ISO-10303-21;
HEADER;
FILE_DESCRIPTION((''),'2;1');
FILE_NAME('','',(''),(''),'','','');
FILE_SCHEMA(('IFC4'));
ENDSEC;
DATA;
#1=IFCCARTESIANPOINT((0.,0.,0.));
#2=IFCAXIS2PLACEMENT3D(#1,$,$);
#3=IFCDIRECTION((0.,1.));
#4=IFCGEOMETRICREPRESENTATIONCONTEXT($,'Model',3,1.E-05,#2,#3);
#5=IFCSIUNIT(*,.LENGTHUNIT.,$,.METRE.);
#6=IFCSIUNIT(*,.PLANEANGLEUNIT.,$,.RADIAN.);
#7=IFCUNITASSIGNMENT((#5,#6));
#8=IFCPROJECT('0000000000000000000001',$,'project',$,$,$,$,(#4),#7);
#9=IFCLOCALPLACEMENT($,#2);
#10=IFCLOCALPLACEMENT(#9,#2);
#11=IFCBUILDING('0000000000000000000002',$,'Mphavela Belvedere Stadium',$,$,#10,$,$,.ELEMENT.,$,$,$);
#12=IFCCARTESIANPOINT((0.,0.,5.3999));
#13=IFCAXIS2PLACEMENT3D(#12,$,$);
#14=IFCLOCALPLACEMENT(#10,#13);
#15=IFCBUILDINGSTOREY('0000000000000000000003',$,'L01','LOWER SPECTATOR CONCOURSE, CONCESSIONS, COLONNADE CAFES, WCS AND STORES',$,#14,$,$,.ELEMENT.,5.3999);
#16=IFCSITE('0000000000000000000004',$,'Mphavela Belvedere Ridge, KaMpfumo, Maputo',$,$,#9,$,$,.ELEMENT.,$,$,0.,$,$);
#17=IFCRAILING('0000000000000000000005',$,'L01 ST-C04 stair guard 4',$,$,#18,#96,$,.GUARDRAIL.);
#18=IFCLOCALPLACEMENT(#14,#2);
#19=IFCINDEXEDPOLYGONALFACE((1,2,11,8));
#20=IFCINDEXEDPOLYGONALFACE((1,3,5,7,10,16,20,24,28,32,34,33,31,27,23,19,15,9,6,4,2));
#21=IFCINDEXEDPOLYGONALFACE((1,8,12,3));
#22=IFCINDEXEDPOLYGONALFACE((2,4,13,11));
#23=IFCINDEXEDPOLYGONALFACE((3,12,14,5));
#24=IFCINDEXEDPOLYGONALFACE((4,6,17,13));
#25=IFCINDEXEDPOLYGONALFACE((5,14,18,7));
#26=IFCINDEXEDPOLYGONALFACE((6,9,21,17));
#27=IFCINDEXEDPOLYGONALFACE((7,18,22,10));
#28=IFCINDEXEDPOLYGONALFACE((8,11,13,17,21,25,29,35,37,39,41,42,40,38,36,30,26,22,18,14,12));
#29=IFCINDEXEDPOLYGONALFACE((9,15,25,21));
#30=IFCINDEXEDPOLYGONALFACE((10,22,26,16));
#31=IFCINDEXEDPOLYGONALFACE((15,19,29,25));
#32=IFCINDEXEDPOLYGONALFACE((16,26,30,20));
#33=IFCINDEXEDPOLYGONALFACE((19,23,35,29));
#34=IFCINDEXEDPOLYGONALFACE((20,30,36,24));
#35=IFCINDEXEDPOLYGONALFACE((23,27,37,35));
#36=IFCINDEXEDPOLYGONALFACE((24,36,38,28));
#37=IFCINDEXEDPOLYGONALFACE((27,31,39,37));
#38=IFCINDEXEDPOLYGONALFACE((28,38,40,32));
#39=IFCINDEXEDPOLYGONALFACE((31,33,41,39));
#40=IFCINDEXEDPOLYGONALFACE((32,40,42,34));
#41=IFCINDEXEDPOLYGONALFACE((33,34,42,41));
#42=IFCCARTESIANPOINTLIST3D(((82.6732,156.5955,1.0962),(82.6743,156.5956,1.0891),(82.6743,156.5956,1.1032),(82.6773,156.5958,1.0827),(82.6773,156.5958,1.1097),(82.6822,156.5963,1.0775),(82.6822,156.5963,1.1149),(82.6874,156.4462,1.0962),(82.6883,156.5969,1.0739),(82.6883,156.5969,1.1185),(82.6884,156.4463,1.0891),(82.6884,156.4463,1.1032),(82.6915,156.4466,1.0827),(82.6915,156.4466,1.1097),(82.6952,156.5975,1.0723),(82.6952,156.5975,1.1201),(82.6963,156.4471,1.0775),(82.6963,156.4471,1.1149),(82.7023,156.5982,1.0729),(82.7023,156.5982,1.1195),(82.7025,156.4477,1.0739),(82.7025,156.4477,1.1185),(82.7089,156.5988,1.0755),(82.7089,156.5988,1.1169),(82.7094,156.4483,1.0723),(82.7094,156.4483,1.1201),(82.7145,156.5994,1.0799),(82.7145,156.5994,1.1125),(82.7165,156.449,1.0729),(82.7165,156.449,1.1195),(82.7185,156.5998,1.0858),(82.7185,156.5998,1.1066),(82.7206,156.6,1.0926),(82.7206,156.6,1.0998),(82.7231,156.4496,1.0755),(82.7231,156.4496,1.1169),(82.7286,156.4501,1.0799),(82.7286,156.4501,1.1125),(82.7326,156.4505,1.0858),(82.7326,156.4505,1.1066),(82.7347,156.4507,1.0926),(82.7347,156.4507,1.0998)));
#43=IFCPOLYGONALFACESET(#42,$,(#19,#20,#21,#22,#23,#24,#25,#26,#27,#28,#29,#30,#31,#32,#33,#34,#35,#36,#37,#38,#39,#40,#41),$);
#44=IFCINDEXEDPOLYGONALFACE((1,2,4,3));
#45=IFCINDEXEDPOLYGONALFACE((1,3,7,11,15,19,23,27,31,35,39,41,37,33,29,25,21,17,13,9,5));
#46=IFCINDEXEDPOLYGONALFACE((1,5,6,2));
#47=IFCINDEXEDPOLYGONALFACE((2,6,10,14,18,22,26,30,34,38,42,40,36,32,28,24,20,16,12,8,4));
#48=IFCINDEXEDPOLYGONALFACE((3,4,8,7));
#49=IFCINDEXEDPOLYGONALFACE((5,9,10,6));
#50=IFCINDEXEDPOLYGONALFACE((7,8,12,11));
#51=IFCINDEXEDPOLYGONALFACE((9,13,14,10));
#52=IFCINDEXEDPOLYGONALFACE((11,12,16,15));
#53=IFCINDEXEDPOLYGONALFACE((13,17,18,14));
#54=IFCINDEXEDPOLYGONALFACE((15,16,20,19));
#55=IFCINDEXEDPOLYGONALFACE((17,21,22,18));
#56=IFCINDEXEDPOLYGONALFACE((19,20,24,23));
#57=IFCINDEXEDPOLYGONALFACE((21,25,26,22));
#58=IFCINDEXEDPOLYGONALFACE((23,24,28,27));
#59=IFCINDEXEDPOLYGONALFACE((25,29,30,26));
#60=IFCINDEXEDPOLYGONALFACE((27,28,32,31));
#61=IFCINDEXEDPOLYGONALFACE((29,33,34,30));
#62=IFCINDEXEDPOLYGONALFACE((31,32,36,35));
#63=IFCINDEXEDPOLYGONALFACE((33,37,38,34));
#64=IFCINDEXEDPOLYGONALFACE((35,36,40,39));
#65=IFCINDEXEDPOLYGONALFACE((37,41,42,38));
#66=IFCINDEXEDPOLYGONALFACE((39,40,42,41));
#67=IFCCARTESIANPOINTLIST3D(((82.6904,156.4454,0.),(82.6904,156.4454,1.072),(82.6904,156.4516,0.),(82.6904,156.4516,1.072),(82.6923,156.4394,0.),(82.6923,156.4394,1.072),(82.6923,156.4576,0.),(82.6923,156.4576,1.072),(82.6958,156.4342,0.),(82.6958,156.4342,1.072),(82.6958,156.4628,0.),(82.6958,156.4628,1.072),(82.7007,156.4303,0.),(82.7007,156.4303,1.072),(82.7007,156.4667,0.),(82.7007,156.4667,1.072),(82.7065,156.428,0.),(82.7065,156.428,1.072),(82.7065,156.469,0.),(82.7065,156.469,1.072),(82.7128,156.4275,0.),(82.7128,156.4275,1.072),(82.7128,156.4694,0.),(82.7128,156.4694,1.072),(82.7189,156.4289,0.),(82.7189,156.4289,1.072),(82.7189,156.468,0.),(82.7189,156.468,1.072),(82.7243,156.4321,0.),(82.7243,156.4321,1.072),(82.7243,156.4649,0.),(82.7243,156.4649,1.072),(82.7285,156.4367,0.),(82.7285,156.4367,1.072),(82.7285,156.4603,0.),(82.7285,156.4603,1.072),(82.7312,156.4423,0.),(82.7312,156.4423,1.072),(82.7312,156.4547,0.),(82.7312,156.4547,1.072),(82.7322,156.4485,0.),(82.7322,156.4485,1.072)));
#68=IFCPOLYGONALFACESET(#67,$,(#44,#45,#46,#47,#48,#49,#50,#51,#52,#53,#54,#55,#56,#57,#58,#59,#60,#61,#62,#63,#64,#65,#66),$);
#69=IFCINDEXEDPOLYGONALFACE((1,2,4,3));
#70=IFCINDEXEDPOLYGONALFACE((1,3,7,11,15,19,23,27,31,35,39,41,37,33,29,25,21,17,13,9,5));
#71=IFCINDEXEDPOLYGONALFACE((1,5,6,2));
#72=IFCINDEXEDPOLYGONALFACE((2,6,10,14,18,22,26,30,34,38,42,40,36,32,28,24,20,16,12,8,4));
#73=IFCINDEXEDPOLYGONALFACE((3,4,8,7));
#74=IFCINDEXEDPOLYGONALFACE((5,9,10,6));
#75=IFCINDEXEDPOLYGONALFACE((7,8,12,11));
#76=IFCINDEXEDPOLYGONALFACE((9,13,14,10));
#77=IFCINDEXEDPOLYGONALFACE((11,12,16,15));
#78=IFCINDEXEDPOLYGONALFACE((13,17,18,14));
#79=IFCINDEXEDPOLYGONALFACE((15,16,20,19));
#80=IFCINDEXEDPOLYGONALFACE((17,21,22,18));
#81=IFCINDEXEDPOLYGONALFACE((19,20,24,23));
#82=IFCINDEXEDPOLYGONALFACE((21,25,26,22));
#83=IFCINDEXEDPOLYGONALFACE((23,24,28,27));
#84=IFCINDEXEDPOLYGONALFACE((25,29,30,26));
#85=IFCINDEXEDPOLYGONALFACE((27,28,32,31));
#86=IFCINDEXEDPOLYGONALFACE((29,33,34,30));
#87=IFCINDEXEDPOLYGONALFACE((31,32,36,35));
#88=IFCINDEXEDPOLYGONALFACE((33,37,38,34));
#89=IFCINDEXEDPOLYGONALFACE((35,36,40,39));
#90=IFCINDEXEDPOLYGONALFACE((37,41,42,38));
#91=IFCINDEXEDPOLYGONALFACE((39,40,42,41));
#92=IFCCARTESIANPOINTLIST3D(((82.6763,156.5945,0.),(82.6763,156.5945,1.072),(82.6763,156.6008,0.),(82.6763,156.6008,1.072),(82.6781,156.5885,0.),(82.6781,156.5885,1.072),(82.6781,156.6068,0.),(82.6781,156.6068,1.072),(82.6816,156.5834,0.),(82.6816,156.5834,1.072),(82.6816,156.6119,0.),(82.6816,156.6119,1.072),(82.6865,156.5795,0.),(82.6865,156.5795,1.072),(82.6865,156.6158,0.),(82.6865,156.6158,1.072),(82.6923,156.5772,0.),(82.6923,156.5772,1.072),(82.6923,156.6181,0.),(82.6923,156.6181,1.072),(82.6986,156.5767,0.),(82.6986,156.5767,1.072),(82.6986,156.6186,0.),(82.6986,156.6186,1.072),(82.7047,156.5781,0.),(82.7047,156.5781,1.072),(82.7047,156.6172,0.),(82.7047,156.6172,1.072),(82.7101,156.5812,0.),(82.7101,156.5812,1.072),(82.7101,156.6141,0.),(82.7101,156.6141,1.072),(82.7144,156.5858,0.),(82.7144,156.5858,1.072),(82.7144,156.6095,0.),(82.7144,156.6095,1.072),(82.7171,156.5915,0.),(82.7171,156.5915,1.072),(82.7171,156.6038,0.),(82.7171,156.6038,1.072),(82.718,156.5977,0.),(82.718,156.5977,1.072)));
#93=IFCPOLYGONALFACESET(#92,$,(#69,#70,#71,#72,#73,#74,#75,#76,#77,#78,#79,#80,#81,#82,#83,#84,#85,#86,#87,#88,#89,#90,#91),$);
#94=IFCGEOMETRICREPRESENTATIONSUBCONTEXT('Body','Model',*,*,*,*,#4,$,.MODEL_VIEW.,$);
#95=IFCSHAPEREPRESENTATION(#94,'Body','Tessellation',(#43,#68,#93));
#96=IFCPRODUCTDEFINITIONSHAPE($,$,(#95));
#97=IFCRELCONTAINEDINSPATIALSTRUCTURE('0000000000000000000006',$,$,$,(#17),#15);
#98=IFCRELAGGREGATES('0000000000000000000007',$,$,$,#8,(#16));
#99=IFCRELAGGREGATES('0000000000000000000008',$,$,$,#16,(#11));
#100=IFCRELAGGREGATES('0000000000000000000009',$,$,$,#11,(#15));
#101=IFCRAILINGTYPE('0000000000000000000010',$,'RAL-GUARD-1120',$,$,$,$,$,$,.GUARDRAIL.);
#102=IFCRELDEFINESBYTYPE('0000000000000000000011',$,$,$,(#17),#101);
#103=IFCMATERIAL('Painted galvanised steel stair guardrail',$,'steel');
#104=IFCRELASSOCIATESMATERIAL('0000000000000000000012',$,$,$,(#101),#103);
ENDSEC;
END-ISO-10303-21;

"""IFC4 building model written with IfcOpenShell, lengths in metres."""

from ifc_helpers import new_model, si_unit, direction, frame, origin, origin_2d, place, context, subcontext, project, spatial, circle, extrude, material, type_object, element, save


model = new_model("IFC4")

# Units and contexts
model_context = context("Model", 3, precision=1e-05, world=origin(), true_north=direction((0.0, 1.0)))
body_context = subcontext(model_context, "Body", "Model", "MODEL_VIEW")
ifc_project = project(units=[si_unit("LENGTHUNIT", "METRE"), si_unit("PLANEANGLEUNIT", "RADIAN")], contexts=[model_context])

# Site, building, storey
site_placement = place(None, origin())
site = spatial("IfcSite", under=ifc_project, at=site_placement, Name="Mphavela Belvedere Ridge, KaMpfumo, Maputo", CompositionType="ELEMENT", RefElevation=0.0)
building_placement = place(site_placement, origin())
building = spatial("IfcBuilding", under=site, at=building_placement, Name="Mphavela Belvedere Stadium", CompositionType="ELEMENT")
storey_placement = place(building_placement, frame((0.0, 0.0, 5.3999)))
storey = spatial("IfcBuildingStorey", under=building, at=storey_placement, Name="L01", Description="LOWER SPECTATOR CONCOURSE, CONCESSIONS, COLONNADE CAFES, WCS AND STORES", CompositionType="ELEMENT", Elevation=5.3999)

# Railing
ifc_material_1 = material(Name="Painted galvanised steel stair guardrail", Category="steel")
railing_type_1 = type_object("IfcRailingType", Name="RAL-GUARD-1120", PredefinedType="GUARDRAIL", material=ifc_material_1)
railing_1_placement = place(storey_placement, frame((82.7112, 156.4485, 0.0)))
element("IfcRailing", 1, at=railing_1_placement, inside=storey, type_object=railing_type_1, Name="L01 ST-C04 stair guard 4", PredefinedType="GUARDRAIL", context=body_context, shape_type="SweptSolid", body=[
    extrude(circle(Radius=0.0239, at=origin_2d()), frame((0.0, 0.0, 1.0962), z_axis=(-0.094502, 0.995525, 0.0), x_axis=(-0.995525, -0.094502, 0.0)), (0.0, 0.0, 1.0), 0.1499),
    extrude(circle(Radius=0.021, at=origin_2d()), origin(), (0.0, 0.0, 1.0), 1.072),
    extrude(circle(Radius=0.021, at=origin_2d()), frame((-0.0142, 0.1492, 0.0)), (0.0, 0.0, 1.0), 1.072),
])

save(model, "model.ifc")
